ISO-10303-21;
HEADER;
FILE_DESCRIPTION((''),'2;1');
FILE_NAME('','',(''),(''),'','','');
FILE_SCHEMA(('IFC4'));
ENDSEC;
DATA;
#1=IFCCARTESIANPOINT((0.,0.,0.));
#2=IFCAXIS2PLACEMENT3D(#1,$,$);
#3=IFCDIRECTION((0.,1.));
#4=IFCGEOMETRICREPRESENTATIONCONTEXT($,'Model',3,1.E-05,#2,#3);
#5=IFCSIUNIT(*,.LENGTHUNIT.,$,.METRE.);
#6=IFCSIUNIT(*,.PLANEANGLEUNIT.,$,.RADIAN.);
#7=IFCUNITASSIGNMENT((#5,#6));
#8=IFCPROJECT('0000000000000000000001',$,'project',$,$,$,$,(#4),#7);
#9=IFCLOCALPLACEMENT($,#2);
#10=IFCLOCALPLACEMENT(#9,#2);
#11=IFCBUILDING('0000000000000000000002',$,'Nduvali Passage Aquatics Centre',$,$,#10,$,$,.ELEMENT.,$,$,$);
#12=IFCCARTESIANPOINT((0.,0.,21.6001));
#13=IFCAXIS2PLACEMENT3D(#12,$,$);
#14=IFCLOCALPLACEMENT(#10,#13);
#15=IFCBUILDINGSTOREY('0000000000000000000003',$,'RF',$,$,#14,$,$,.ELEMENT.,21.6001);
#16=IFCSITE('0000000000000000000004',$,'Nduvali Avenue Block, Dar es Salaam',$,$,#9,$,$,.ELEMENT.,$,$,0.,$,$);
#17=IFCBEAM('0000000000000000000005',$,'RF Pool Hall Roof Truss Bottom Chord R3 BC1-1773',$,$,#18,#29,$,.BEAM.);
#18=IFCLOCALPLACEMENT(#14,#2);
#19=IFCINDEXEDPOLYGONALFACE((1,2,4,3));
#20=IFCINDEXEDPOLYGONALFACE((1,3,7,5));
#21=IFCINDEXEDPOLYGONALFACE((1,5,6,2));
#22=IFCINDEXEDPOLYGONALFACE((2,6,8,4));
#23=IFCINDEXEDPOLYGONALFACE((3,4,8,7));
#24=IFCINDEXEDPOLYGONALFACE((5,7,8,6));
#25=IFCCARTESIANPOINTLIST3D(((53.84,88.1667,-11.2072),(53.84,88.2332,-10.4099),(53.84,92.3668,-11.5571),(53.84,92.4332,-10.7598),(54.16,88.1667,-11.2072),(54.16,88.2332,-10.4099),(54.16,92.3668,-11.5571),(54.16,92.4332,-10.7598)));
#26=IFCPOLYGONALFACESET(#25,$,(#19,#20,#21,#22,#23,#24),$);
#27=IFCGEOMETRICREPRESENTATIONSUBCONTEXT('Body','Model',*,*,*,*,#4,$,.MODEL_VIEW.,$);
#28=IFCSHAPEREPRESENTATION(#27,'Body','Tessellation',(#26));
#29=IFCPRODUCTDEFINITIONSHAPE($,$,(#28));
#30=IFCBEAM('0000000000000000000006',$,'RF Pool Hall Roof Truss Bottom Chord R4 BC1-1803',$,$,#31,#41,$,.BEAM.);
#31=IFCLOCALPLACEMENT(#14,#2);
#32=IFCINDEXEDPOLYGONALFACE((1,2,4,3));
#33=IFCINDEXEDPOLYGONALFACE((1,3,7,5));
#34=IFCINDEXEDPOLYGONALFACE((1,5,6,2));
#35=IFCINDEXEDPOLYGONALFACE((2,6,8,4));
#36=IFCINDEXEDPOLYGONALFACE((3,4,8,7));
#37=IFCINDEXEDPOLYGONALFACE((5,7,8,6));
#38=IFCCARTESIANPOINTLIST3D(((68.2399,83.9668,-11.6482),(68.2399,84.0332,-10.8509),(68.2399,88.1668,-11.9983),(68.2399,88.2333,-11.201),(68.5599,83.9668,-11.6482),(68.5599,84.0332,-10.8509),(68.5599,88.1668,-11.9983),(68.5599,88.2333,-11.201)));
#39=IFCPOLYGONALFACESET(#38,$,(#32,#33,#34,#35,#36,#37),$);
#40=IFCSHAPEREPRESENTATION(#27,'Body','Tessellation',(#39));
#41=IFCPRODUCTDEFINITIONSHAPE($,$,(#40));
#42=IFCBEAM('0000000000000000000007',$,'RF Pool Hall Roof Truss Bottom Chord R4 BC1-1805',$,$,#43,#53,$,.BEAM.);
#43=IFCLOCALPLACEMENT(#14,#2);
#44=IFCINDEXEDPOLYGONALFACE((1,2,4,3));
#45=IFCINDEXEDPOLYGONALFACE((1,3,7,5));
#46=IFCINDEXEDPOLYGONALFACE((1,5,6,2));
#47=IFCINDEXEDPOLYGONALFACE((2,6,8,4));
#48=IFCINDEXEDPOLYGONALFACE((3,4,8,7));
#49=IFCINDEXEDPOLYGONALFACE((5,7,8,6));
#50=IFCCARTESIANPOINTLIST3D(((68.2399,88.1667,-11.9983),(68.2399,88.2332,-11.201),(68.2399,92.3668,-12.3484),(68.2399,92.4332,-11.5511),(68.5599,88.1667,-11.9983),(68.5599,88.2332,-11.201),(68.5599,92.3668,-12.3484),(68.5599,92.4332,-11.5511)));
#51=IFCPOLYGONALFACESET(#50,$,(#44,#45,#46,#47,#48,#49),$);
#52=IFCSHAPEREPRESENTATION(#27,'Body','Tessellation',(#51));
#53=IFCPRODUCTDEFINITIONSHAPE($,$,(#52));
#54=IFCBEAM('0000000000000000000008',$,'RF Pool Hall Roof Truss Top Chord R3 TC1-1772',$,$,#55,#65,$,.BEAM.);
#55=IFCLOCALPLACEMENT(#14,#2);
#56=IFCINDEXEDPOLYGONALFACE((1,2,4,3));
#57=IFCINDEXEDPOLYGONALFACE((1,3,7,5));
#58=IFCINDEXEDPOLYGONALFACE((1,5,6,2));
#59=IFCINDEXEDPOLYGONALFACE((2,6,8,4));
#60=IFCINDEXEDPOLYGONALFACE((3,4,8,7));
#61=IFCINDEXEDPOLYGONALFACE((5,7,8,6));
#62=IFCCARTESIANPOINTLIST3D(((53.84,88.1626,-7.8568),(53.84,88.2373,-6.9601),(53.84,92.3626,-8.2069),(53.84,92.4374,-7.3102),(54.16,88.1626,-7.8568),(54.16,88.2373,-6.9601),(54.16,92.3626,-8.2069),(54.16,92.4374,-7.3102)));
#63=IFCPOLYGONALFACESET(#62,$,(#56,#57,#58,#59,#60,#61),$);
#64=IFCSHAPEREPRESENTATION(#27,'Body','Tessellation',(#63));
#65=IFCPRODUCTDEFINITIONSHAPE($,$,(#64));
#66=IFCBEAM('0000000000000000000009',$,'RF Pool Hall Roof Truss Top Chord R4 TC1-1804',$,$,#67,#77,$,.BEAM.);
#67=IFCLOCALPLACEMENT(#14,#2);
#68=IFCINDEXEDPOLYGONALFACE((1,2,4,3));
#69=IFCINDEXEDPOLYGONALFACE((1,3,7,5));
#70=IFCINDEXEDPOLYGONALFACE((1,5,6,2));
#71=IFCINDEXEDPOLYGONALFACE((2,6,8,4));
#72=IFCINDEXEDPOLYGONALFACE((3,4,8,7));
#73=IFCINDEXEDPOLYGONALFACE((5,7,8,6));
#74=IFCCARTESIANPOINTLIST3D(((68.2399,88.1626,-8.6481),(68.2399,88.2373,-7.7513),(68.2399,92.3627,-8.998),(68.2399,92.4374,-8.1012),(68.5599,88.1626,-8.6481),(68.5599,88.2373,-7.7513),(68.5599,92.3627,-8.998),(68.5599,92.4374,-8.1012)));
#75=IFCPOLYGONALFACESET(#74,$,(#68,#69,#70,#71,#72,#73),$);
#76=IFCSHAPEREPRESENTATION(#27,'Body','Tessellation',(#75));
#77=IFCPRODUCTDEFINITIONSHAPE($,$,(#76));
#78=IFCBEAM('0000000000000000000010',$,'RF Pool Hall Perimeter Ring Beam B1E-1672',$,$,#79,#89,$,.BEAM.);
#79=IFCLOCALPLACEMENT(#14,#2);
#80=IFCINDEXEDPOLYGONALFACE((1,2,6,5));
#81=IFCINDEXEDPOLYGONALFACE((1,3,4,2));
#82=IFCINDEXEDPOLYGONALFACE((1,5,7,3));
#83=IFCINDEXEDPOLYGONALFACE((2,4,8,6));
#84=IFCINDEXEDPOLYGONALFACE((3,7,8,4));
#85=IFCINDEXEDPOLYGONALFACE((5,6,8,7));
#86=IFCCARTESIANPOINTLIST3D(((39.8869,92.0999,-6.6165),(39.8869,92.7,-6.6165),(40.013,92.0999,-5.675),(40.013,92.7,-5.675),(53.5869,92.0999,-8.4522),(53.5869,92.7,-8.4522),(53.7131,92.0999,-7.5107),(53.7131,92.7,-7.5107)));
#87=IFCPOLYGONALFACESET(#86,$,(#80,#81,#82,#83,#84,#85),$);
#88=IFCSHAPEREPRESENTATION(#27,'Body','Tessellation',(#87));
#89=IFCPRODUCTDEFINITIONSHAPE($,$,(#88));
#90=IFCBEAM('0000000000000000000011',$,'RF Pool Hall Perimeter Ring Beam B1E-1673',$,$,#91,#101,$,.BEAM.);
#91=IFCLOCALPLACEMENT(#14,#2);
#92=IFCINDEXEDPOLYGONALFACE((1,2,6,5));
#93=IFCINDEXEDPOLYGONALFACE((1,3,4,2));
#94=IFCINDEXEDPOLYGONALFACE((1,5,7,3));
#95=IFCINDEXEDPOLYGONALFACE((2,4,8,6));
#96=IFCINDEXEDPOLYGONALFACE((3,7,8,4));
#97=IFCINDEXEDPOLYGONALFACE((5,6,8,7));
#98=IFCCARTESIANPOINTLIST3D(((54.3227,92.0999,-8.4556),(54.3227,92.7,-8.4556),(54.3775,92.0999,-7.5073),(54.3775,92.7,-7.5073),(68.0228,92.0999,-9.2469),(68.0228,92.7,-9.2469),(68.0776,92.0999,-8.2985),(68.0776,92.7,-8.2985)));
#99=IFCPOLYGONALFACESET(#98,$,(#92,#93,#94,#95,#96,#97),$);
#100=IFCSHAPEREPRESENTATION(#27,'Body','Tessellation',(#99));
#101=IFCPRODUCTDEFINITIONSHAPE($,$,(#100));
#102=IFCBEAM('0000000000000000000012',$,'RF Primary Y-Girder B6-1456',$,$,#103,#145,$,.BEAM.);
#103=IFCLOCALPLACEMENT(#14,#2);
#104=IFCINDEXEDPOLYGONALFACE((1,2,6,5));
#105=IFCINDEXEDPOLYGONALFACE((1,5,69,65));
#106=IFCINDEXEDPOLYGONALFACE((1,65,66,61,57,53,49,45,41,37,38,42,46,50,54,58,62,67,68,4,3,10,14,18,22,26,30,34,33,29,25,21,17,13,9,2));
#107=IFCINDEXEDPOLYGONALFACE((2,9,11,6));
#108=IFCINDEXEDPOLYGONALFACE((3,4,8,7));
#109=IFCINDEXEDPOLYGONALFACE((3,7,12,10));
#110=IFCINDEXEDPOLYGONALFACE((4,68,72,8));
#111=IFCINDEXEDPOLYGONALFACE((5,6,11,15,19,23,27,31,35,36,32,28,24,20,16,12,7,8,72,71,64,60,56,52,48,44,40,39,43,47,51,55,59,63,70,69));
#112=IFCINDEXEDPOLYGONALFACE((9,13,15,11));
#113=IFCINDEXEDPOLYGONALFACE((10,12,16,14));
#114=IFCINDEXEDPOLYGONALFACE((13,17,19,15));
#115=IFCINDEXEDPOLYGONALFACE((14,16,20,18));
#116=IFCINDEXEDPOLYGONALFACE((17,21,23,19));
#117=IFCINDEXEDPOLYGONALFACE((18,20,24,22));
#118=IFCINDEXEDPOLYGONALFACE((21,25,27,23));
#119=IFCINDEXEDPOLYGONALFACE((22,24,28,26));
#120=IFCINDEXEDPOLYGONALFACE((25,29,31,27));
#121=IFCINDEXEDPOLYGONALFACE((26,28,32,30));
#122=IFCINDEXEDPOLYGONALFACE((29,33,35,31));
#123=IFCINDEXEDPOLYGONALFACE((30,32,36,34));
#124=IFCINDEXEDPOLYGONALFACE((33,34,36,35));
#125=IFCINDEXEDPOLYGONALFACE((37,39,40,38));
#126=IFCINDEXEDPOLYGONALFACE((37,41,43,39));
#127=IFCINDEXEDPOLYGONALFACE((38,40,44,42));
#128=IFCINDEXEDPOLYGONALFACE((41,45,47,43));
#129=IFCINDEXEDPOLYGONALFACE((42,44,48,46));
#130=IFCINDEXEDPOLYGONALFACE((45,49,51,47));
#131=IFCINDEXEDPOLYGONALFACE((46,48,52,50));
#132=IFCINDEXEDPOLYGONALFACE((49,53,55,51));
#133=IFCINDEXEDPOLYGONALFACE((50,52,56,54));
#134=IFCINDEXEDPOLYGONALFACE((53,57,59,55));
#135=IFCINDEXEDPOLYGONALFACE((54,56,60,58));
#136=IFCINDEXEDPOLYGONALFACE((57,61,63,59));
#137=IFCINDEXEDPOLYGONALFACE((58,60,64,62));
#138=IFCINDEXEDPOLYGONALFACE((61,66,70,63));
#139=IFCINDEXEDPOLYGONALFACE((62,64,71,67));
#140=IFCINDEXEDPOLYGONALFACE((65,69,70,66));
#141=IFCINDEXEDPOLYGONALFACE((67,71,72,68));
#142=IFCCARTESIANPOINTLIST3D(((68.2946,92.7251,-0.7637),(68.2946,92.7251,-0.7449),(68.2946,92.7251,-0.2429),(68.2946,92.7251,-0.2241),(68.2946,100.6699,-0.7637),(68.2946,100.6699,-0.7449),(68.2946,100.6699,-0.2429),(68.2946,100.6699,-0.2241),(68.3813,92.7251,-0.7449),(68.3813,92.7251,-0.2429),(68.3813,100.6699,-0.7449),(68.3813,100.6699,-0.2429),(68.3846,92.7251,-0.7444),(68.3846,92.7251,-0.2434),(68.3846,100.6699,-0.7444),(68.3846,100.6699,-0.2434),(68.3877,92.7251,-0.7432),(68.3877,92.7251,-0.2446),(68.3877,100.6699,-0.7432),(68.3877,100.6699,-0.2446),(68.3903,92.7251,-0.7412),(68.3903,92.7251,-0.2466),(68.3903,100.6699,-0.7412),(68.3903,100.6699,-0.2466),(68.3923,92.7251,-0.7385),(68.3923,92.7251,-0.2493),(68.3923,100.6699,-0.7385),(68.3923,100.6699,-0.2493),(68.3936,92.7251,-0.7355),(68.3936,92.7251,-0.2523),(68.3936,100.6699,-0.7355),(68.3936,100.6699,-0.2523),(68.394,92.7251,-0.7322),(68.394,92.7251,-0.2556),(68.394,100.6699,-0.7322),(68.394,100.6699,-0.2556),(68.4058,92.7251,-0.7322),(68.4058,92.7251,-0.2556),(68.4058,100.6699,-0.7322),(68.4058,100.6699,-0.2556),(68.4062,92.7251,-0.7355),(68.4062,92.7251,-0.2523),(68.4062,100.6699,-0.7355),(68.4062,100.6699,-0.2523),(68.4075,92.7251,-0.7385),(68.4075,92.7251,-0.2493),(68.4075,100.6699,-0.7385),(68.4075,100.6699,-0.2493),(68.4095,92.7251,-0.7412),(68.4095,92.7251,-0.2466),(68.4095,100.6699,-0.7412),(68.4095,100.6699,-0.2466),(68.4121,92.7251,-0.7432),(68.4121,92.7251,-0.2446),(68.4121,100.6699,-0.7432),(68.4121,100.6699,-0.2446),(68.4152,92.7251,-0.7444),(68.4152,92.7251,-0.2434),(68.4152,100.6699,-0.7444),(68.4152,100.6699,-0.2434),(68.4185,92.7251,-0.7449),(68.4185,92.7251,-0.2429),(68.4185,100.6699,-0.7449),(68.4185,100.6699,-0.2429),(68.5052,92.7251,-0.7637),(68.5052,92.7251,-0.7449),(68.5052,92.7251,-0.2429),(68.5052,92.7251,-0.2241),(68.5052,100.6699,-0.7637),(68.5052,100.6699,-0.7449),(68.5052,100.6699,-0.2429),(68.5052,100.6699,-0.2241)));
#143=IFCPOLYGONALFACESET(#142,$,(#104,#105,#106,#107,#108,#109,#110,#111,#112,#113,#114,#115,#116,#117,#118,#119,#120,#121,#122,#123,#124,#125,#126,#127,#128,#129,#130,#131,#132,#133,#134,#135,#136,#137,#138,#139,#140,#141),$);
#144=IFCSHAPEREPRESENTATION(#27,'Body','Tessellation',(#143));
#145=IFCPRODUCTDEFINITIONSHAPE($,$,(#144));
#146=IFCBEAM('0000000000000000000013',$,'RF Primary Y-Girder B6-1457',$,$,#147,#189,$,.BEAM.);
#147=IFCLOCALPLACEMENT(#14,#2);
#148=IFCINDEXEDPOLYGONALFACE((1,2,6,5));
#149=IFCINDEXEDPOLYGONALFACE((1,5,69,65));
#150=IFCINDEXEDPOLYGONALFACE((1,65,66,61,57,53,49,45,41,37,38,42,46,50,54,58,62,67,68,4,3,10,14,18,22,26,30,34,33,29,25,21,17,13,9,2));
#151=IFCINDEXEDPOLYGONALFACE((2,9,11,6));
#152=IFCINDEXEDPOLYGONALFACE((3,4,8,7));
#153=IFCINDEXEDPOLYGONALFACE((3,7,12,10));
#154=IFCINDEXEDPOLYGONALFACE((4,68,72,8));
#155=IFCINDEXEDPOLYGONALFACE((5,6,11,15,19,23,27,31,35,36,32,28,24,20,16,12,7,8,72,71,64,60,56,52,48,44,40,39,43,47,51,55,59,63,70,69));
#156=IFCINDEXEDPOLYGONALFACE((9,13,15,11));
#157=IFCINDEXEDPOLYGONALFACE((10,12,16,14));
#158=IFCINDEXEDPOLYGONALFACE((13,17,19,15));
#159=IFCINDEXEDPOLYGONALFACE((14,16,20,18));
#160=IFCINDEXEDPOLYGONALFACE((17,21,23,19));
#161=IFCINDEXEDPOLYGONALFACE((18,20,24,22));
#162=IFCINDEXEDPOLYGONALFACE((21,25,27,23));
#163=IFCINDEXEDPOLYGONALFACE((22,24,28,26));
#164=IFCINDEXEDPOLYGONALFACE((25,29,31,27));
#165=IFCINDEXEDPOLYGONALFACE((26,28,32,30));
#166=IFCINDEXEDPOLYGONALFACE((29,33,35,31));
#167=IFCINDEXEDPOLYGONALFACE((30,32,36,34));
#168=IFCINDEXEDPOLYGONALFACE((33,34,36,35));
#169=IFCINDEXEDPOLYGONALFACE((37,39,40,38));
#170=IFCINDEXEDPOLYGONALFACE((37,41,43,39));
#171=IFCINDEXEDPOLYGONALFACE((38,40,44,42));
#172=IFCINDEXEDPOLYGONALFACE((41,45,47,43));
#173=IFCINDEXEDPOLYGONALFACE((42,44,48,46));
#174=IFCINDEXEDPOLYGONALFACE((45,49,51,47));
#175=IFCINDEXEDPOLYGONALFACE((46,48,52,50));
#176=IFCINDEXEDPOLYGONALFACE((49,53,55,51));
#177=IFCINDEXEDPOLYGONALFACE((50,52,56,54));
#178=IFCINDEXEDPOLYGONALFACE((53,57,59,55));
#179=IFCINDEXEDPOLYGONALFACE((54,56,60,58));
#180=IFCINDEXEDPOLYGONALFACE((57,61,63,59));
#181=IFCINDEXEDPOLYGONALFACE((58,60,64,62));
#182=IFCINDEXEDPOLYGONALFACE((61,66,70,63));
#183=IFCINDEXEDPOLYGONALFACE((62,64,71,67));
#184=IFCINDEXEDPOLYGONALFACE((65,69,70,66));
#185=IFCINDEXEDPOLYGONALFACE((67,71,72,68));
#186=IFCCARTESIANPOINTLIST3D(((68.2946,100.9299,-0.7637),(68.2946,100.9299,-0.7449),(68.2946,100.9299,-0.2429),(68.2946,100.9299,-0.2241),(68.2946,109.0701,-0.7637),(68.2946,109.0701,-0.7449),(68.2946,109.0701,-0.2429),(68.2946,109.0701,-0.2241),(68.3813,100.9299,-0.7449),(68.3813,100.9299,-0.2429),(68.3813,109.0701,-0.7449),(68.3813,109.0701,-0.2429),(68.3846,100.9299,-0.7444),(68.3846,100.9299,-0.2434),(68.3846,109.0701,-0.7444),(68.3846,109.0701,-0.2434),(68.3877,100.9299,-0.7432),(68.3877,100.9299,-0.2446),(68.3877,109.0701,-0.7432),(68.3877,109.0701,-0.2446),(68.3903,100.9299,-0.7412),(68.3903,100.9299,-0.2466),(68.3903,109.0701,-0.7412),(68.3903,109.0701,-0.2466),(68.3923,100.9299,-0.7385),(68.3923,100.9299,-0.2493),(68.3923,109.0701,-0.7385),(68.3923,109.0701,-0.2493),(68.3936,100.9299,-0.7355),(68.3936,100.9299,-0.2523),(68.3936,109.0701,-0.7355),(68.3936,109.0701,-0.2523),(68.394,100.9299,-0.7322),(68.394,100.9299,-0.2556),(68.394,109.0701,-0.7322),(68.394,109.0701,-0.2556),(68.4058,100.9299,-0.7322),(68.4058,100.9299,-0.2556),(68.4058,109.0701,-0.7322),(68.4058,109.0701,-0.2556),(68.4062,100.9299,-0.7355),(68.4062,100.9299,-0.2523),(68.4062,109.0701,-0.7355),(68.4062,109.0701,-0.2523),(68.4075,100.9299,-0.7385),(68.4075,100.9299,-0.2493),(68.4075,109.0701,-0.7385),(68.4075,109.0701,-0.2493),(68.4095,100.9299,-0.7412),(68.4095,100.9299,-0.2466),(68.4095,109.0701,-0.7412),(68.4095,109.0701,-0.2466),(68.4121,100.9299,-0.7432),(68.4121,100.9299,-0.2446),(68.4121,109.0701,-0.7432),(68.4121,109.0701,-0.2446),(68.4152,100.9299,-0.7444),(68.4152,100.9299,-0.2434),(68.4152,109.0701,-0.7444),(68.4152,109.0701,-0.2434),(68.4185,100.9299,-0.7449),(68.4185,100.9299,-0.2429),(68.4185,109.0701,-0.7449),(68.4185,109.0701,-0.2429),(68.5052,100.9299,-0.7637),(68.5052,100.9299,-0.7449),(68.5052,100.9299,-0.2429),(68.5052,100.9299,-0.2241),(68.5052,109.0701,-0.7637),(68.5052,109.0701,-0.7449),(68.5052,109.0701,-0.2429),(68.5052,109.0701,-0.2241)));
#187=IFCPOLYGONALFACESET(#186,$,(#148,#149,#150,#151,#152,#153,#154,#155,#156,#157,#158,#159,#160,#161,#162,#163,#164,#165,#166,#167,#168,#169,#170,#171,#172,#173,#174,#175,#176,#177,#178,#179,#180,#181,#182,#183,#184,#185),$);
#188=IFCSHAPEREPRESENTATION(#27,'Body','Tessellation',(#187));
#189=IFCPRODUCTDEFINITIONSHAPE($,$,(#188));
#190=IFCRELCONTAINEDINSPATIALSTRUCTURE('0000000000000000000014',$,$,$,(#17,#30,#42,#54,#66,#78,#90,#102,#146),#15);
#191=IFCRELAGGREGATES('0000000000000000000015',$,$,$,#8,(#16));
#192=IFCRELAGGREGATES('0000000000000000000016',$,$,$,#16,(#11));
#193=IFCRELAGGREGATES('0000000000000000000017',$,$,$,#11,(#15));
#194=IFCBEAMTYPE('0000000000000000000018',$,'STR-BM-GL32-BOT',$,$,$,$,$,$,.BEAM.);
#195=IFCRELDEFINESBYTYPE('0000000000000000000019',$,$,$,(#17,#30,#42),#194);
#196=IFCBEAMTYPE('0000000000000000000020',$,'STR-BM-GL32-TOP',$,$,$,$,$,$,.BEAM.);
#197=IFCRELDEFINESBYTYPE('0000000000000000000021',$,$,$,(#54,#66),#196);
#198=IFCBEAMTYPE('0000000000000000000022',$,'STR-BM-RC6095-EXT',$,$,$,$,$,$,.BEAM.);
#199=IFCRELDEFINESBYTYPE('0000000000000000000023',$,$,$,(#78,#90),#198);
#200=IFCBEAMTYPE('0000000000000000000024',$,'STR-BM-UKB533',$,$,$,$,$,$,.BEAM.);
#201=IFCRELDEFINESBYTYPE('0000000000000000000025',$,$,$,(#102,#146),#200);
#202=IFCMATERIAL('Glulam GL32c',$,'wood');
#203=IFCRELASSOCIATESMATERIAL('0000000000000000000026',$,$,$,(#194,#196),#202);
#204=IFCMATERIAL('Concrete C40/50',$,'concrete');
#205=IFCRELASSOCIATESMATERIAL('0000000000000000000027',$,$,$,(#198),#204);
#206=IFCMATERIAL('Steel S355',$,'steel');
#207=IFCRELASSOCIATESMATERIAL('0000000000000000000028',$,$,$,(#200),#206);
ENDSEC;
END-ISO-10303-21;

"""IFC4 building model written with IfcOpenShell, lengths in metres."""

from ifc_helpers import new_model, si_unit, direction, frame, origin, origin_2d, place, context, subcontext, project, spatial, rectangle, i_section, extrude, material, material_profile, profile_set, type_object, element, save


model = new_model("IFC4")

# Units and contexts
model_context = context("Model", 3, precision=1e-05, world=origin(), true_north=direction((0.0, 1.0)))
body_context = subcontext(model_context, "Body", "Model", "MODEL_VIEW")
ifc_project = project(units=[si_unit("LENGTHUNIT", "METRE"), si_unit("PLANEANGLEUNIT", "RADIAN")], contexts=[model_context])

# Site, building, storey
site_placement = place(None, origin())
site = spatial("IfcSite", under=ifc_project, at=site_placement, Name="Nduvali Avenue Block, Dar es Salaam", CompositionType="ELEMENT", RefElevation=0.0)
building_placement = place(site_placement, origin())
building = spatial("IfcBuilding", under=site, at=building_placement, Name="Nduvali Passage Aquatics Centre", CompositionType="ELEMENT")
storey_placement = place(building_placement, frame((0.0, 0.0, 21.6001)))
storey = spatial("IfcBuildingStorey", under=building, at=storey_placement, Name="RF", CompositionType="ELEMENT", Elevation=21.6001)

# Beams
ifc_material_1 = material(Name="Glulam GL32c", Category="wood")
ifc_material_profile_1 = material_profile(ifc_material_1, rectangle(XDim=0.3201, YDim=0.8, at=origin_2d()), Name="GL32c 320x800")
ifc_profile_set_1 = profile_set([ifc_material_profile_1], Name="Glulam GL32c")
beam_type_1 = type_object("IfcBeamType", Name="STR-BM-GL32-BOT", PredefinedType="BEAM", material=ifc_profile_set_1)
for number, where, z_axis, x_axis, name in (
    (1, (54.0, 88.2, -10.8086), (0.0, 0.996549, -0.083012), (-1.0, 0.0, 0.0), "RF Pool Hall Roof Truss Bottom Chord R3 BC1-1773"),
    (2, (68.3999, 84.0, -11.2495), (0.0, 0.996544, -0.083069), (-1.0, 0.0, 0.0), "RF Pool Hall Roof Truss Bottom Chord R4 BC1-1803"),
    (3, (68.3999, 88.2, -11.5996), (0.0, 0.996544, -0.083069), (-1.0, 0.0, 0.0), "RF Pool Hall Roof Truss Bottom Chord R4 BC1-1805"),
):
    element("IfcBeam", number, at=place(storey_placement, frame(where, z_axis=z_axis, x_axis=x_axis)), inside=storey, type_object=beam_type_1, Name=name, PredefinedType="BEAM", context=body_context, shape_type="SweptSolid", body=[
        extrude(rectangle(XDim=0.3201, YDim=0.8, at=origin_2d()), origin(), (0.0, 0.0, 1.0), 4.2146),
    ])
ifc_material_profile_2 = material_profile(ifc_material_1, rectangle(XDim=0.3201, YDim=0.8999, at=origin_2d()), Name="GL32c 320x900")
ifc_profile_set_2 = profile_set([ifc_material_profile_2], Name="Glulam GL32c")
beam_type_2 = type_object("IfcBeamType", Name="STR-BM-GL32-TOP", PredefinedType="BEAM", material=ifc_profile_set_2)
for number, where, z_axis, x_axis, name in (
    (4, (54.0, 88.2, -7.4084), (0.0, 0.996544, -0.083069), (-1.0, 0.0, 0.0), "RF Pool Hall Roof Truss Top Chord R3 TC1-1772"),
    (5, (68.3999, 88.2, -8.1997), (0.0, 0.996549, -0.083012), (-1.0, 0.0, 0.0), "RF Pool Hall Roof Truss Top Chord R4 TC1-1804"),
):
    element("IfcBeam", number, at=place(storey_placement, frame(where, z_axis=z_axis, x_axis=x_axis)), inside=storey, type_object=beam_type_2, Name=name, PredefinedType="BEAM", context=body_context, shape_type="SweptSolid", body=[
        extrude(rectangle(XDim=0.3201, YDim=0.8999, at=origin_2d()), origin(), (0.0, 0.0, 1.0), 4.2146),
    ])
ifc_material_2 = material(Name="Concrete C40/50", Category="concrete")
ifc_material_profile_3 = material_profile(ifc_material_2, rectangle(XDim=0.6001, YDim=0.95, at=origin_2d()), Name="RC 600x950")
ifc_profile_set_3 = profile_set([ifc_material_profile_3], Name="Concrete C40/50")
beam_type_3 = type_object("IfcBeamType", Name="STR-BM-RC6095-EXT", PredefinedType="BEAM", material=ifc_profile_set_3)
beam_1_placement = place(storey_placement, frame((39.95, 92.3999, -6.1458), z_axis=(0.991142, 0.0, -0.132806), x_axis=(0.0, 1.0, 0.0)))
element("IfcBeam", 6, at=beam_1_placement, inside=storey, type_object=beam_type_3, Name="RF Pool Hall Perimeter Ring Beam B1E-1672", PredefinedType="BEAM", context=body_context, shape_type="SweptSolid", body=[
    extrude(rectangle(XDim=0.6001, YDim=0.95, at=origin_2d()), origin(), (0.0, 0.0, 1.0), 13.8225),
])
beam_2_placement = place(storey_placement, frame((54.3501, 92.3999, -7.9814), z_axis=(0.998336, 0.0, -0.05766), x_axis=(0.0, 1.0, 0.0)))
element("IfcBeam", 7, at=beam_2_placement, inside=storey, type_object=beam_type_3, Name="RF Pool Hall Perimeter Ring Beam B1E-1673", PredefinedType="BEAM", context=body_context, shape_type="SweptSolid", body=[
    extrude(rectangle(XDim=0.6001, YDim=0.95, at=origin_2d()), origin(), (0.0, 0.0, 1.0), 13.7229),
])
ifc_material_3 = material(Name="Steel S355", Category="steel")
ifc_material_profile_4 = material_profile(ifc_material_3, i_section(OverallWidth=0.2107, OverallDepth=0.5396, WebThickness=0.0117, FlangeThickness=0.0188, FilletRadius=0.0127, at=origin_2d()), Name="UKB 533x210x109")
ifc_profile_set_4 = profile_set([ifc_material_profile_4], Name="Steel S355")
beam_type_4 = type_object("IfcBeamType", Name="STR-BM-UKB533", PredefinedType="BEAM", material=ifc_profile_set_4)
beam_3_placement = place(storey_placement, frame((68.3999, 92.7251, -0.4939), z_axis=(0.0, 1.0, 0.0), x_axis=(-1.0, 0.0, 0.0)))
element("IfcBeam", 8, at=beam_3_placement, inside=storey, type_object=beam_type_4, Name="RF Primary Y-Girder B6-1456", PredefinedType="BEAM", context=body_context, shape_type="SweptSolid", body=[
    extrude(i_section(OverallWidth=0.2107, OverallDepth=0.5396, WebThickness=0.0117, FlangeThickness=0.0188, FilletRadius=0.0127, at=origin_2d()), origin(), (0.0, 0.0, 1.0), 7.9448),
])
beam_4_placement = place(storey_placement, frame((68.3999, 100.9299, -0.4939), z_axis=(0.0, 1.0, 0.0), x_axis=(-1.0, 0.0, 0.0)))
element("IfcBeam", 9, at=beam_4_placement, inside=storey, type_object=beam_type_4, Name="RF Primary Y-Girder B6-1457", PredefinedType="BEAM", context=body_context, shape_type="SweptSolid", body=[
    extrude(i_section(OverallWidth=0.2107, OverallDepth=0.5396, WebThickness=0.0117, FlangeThickness=0.0188, FilletRadius=0.0127, at=origin_2d()), origin(), (0.0, 0.0, 1.0), 8.1401),
])

save(model, "model.ifc")
